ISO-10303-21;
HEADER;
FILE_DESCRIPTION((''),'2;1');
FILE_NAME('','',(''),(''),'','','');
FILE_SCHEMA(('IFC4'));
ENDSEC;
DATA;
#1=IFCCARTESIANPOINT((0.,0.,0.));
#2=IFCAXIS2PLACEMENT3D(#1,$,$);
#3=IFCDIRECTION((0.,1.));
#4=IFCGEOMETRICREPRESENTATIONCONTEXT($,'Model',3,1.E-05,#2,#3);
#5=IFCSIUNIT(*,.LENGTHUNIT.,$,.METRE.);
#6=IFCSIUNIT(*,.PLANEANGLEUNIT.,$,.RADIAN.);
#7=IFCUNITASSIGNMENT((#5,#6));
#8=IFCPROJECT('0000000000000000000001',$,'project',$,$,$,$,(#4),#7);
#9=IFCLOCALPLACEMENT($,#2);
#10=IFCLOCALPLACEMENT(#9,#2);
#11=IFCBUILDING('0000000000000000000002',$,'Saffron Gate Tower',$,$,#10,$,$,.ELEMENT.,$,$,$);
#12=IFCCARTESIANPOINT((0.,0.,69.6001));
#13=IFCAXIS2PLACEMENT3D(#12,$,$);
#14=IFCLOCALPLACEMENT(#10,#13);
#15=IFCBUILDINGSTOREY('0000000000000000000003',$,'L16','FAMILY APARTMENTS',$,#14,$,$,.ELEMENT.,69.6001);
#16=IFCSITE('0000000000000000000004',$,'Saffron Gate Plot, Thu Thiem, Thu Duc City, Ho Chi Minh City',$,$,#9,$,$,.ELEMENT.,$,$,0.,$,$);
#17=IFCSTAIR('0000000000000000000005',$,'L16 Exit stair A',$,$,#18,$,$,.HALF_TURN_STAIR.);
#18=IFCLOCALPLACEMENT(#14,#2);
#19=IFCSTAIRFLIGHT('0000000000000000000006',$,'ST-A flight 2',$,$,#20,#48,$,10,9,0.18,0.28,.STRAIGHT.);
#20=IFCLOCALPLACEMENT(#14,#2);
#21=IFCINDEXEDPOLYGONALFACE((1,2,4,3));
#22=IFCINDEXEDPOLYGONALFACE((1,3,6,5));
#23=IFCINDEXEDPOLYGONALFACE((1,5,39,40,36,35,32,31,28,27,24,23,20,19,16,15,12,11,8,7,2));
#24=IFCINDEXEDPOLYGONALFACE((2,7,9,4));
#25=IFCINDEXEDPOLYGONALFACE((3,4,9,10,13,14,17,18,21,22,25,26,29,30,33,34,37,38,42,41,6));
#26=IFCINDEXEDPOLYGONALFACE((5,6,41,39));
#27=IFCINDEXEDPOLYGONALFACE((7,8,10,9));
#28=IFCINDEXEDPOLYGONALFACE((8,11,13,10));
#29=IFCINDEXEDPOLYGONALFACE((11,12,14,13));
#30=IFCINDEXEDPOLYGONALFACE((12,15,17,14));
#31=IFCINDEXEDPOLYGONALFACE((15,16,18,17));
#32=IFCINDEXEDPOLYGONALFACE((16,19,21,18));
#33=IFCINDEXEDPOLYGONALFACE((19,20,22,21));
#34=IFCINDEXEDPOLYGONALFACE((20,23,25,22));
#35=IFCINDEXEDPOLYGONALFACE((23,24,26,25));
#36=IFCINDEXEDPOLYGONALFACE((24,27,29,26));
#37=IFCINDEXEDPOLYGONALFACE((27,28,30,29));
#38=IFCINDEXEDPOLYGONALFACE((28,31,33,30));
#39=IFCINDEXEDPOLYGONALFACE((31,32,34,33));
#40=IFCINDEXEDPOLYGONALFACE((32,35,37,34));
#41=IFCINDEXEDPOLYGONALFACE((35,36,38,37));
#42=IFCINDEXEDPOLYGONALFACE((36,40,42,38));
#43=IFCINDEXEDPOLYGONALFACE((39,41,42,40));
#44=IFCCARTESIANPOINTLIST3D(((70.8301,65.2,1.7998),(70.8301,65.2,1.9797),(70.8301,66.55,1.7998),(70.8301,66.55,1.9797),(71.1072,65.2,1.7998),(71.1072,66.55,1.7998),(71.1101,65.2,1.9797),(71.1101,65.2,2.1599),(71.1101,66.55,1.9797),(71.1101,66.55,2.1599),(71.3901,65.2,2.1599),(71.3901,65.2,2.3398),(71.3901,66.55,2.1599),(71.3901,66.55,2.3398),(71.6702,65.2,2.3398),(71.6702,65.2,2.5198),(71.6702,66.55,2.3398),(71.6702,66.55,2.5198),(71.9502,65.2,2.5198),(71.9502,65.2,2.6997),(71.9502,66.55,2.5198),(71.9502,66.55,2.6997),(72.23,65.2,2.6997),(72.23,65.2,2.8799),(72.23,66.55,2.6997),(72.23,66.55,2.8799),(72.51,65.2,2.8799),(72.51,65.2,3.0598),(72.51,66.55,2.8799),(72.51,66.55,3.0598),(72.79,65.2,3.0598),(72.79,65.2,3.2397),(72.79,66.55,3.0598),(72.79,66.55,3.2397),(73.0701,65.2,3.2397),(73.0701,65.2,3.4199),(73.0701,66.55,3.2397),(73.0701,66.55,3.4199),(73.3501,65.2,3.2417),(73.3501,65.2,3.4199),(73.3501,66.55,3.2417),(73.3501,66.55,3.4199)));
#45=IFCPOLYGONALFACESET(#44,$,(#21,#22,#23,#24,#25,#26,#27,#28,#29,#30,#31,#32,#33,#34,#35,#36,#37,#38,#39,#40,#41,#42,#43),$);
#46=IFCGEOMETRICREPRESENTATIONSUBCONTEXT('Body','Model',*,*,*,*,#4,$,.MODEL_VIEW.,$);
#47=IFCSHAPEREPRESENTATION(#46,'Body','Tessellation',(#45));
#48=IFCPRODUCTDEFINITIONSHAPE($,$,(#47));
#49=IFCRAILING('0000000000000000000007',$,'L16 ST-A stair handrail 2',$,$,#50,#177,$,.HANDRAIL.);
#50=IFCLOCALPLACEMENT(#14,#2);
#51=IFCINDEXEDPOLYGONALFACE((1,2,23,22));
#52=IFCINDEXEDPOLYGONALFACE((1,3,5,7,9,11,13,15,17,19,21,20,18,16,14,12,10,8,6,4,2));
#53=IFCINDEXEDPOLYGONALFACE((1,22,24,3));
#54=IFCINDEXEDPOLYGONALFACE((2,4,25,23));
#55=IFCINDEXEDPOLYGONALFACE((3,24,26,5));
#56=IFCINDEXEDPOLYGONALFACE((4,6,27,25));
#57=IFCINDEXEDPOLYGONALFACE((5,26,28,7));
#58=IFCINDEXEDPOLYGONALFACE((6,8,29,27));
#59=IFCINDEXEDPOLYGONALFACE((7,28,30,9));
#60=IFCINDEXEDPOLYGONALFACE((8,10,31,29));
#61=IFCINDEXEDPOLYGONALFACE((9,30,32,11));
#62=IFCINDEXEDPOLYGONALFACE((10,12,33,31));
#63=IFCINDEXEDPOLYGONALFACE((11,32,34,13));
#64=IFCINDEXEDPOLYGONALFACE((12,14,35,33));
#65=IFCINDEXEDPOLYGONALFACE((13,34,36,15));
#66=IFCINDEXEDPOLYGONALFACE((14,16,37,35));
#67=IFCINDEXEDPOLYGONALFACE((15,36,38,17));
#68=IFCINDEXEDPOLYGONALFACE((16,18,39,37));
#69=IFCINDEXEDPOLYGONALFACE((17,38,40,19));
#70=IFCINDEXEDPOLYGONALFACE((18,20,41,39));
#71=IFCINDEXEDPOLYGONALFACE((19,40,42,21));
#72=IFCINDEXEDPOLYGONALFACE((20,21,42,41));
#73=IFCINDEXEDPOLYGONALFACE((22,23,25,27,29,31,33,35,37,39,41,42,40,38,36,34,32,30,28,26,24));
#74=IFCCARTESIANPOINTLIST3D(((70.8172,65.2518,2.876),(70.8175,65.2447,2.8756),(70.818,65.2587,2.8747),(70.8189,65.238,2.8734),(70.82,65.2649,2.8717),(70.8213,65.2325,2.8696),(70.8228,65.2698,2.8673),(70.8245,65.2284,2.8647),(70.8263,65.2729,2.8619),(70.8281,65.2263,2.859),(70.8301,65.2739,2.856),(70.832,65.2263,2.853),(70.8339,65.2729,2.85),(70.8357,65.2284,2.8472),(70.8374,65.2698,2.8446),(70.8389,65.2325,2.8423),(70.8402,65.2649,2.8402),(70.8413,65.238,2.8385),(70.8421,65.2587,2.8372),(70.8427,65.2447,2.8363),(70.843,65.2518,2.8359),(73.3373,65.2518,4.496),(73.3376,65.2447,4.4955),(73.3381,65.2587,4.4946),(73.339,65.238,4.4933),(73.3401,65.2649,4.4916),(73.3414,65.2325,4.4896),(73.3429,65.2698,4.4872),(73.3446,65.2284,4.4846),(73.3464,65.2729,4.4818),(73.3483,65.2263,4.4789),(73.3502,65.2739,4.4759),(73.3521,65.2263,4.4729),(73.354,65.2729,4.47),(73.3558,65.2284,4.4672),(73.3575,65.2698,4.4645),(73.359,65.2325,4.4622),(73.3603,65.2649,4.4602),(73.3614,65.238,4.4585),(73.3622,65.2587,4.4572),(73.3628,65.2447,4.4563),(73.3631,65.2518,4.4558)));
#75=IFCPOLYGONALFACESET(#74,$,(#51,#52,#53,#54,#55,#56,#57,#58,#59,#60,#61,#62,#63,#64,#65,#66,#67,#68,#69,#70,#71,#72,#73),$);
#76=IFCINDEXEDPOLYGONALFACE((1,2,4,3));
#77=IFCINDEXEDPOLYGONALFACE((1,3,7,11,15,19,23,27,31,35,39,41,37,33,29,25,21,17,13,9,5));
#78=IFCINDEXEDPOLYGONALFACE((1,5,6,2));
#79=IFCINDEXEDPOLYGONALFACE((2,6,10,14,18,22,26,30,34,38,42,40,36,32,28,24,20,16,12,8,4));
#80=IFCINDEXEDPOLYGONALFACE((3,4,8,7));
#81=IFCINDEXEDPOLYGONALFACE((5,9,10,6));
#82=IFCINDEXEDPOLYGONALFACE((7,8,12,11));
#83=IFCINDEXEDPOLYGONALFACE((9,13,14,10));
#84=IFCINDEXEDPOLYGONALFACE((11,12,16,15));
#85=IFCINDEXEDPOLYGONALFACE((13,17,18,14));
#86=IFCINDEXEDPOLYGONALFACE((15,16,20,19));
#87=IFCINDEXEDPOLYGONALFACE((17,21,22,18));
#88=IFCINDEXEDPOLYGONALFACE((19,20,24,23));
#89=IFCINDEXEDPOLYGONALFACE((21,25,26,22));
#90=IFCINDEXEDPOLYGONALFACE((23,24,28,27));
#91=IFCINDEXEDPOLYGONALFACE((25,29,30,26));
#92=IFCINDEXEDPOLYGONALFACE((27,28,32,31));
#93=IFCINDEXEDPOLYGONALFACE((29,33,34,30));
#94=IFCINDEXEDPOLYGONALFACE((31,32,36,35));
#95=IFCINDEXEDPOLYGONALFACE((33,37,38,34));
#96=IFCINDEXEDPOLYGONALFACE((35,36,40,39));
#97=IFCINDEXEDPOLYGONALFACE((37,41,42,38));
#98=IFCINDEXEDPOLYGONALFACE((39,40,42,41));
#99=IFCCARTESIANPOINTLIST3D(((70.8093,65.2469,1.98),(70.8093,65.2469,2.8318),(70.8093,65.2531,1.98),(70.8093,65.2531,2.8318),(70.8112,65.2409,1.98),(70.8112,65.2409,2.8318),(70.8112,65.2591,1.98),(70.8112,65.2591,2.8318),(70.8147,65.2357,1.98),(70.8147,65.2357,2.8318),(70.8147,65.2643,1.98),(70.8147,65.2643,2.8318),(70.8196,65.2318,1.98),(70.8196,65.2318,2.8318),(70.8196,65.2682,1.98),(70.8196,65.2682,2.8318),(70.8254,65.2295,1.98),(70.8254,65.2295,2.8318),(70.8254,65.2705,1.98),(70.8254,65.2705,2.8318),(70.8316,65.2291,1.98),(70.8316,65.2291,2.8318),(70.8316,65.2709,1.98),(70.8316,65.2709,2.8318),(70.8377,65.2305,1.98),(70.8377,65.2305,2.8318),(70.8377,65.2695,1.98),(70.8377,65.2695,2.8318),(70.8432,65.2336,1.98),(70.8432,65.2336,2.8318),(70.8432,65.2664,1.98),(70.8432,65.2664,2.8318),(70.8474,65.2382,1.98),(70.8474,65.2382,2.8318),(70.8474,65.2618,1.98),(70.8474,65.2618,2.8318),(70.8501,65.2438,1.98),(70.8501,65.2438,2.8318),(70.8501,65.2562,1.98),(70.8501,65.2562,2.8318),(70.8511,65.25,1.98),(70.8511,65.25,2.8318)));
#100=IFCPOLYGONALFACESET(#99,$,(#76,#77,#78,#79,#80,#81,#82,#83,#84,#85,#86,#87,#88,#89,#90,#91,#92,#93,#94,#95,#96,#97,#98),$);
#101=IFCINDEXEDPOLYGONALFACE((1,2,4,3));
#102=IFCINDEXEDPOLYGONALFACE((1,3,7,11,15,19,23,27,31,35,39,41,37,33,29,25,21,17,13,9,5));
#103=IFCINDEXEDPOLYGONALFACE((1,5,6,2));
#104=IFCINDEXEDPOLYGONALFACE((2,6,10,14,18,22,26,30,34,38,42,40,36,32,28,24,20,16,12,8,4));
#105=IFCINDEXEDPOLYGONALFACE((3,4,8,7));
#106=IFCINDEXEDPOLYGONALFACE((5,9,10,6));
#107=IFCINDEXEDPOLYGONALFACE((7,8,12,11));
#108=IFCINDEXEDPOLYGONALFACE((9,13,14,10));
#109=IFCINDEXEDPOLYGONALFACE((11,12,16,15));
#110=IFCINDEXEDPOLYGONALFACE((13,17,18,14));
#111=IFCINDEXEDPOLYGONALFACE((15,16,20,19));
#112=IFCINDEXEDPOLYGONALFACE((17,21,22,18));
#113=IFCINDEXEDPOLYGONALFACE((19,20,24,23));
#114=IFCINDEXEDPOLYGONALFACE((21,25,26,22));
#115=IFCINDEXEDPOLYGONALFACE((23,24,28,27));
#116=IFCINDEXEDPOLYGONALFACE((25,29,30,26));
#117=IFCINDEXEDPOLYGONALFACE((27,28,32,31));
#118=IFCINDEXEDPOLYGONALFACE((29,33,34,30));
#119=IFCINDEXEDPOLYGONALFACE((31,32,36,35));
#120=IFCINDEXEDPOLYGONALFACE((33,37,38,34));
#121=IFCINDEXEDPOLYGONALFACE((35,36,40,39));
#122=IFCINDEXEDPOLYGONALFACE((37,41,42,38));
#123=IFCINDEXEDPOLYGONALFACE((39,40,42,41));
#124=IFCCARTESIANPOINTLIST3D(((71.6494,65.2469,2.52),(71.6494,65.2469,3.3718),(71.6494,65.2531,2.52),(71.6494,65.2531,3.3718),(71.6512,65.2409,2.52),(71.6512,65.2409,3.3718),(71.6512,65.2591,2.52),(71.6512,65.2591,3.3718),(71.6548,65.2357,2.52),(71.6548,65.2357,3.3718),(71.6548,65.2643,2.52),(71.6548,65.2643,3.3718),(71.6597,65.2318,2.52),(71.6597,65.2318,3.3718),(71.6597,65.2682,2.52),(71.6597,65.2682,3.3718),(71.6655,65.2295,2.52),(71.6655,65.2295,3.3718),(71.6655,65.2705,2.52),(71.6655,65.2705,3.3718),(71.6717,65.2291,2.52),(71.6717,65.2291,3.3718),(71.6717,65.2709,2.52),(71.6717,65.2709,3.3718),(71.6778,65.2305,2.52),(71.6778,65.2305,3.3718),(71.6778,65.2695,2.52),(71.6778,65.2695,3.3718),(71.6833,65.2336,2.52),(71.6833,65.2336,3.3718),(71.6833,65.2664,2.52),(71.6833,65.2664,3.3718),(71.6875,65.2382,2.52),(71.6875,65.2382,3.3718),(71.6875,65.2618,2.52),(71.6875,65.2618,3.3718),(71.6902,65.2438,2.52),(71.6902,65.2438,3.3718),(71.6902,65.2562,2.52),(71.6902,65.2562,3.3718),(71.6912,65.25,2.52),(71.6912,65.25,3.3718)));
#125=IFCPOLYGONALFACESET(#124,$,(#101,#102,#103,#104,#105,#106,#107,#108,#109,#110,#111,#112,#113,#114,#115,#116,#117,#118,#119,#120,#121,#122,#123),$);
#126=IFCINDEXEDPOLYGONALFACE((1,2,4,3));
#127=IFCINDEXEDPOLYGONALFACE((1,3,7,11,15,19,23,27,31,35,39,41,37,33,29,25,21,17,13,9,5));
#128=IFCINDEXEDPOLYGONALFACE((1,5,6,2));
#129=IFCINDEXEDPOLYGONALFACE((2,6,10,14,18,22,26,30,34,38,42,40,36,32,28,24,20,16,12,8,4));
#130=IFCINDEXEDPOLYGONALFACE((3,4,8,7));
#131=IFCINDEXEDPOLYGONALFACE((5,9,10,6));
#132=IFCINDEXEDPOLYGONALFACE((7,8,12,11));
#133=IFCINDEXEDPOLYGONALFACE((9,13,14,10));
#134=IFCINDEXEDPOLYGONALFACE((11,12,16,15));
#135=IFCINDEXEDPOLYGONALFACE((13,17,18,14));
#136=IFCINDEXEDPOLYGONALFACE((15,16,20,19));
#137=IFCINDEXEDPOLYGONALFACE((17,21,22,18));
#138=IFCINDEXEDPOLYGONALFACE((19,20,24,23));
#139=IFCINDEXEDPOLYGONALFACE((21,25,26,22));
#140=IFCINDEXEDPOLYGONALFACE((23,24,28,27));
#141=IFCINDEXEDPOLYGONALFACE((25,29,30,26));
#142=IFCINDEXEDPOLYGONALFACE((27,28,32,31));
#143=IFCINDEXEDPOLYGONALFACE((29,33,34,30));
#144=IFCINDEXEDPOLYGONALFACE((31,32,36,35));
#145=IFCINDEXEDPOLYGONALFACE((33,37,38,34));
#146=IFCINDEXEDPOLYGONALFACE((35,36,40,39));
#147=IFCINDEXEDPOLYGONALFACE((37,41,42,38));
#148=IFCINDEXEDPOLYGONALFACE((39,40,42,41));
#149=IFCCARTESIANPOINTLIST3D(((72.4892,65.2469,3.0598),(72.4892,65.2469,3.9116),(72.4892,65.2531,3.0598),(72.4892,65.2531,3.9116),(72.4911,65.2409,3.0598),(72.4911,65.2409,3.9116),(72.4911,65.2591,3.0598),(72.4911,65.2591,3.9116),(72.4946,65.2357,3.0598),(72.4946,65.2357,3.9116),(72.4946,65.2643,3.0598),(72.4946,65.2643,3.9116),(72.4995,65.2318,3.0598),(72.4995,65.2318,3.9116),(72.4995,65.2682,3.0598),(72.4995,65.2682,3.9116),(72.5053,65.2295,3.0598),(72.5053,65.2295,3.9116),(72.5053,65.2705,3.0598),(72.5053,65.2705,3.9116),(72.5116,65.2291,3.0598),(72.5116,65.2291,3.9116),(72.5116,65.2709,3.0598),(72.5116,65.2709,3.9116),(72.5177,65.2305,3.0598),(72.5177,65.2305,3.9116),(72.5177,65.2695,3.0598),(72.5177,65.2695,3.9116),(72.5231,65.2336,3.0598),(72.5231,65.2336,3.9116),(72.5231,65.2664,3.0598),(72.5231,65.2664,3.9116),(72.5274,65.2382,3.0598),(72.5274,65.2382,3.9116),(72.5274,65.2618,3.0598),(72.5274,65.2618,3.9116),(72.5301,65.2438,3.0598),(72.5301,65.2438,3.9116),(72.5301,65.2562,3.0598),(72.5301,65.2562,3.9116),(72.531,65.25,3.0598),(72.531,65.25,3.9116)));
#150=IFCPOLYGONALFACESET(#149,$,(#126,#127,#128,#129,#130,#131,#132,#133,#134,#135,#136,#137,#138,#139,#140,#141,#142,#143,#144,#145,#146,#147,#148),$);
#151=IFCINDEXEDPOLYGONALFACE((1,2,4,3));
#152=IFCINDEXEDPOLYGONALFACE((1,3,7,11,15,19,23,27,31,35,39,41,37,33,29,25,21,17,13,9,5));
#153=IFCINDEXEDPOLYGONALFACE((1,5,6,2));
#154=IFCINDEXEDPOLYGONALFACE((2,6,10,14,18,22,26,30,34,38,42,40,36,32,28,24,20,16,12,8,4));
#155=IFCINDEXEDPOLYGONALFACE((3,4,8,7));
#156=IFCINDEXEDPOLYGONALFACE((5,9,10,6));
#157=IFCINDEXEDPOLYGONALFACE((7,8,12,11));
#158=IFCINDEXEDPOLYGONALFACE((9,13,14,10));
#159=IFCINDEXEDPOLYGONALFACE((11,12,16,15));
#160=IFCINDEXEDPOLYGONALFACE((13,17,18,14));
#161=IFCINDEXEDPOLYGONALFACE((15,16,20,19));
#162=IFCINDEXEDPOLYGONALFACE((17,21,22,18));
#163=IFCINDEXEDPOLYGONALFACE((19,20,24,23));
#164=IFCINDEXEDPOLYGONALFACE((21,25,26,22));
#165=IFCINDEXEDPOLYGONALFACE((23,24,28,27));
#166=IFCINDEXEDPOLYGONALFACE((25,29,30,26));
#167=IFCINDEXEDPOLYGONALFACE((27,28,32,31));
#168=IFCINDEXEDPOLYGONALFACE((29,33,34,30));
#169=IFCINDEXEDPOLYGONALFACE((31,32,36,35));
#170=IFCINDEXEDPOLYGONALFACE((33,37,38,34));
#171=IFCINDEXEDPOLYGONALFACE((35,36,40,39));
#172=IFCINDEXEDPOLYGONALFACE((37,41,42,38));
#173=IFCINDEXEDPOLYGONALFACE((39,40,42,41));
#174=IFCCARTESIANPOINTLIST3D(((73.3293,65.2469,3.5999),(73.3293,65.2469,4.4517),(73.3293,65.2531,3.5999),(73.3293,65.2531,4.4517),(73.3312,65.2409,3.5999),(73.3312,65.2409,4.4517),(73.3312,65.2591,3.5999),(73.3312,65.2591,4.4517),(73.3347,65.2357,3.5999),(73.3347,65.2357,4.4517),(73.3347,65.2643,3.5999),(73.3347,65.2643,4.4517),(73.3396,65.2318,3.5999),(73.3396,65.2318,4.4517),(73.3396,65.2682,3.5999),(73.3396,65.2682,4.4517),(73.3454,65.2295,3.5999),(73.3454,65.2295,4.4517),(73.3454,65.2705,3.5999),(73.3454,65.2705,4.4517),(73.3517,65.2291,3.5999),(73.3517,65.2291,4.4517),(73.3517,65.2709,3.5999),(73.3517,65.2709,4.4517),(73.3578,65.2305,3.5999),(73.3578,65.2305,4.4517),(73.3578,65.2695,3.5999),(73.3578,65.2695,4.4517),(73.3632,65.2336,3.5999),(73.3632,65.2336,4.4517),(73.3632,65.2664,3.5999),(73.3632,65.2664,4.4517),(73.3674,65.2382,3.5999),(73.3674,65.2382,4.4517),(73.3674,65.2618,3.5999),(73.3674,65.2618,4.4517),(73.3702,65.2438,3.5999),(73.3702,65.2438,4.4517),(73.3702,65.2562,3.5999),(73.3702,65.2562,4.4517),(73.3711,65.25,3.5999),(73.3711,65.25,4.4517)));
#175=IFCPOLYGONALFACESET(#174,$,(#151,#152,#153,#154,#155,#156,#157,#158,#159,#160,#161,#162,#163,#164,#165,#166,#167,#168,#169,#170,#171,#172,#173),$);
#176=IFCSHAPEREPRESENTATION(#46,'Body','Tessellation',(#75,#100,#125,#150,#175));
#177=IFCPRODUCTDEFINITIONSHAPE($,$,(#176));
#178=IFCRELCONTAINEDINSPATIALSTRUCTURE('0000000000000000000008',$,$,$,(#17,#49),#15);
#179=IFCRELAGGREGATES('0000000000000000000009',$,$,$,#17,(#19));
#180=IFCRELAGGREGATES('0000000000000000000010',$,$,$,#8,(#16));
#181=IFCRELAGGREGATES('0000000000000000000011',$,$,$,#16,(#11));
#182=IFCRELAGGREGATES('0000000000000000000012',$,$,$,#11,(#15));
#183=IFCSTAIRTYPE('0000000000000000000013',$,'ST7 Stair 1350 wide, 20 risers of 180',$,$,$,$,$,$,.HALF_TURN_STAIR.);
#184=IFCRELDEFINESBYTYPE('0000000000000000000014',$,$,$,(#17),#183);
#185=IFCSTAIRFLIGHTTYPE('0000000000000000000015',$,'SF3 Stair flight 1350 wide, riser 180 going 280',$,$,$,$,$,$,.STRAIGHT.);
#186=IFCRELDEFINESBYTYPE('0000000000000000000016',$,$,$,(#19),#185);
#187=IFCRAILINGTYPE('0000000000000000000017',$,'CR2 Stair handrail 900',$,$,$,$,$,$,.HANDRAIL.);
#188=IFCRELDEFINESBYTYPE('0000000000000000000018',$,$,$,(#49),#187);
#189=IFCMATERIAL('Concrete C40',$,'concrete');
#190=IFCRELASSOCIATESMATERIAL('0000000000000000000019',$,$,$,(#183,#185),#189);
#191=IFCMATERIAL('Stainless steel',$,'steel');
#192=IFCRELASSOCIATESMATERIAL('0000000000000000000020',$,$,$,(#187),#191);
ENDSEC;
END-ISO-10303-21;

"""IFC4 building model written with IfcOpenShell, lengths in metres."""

from ifc_helpers import new_model, si_unit, direction, frame, origin, origin_2d, place, context, subcontext, project, spatial, polyline, circle, outline, extrude, material, type_object, element, aggregate, save


model = new_model("IFC4")

# Units and contexts
model_context = context("Model", 3, precision=1e-05, world=origin(), true_north=direction((0.0, 1.0)))
body_context = subcontext(model_context, "Body", "Model", "MODEL_VIEW")
ifc_project = project(units=[si_unit("LENGTHUNIT", "METRE"), si_unit("PLANEANGLEUNIT", "RADIAN")], contexts=[model_context])

# Site, building, storey
site_placement = place(None, origin())
site = spatial("IfcSite", under=ifc_project, at=site_placement, Name="Saffron Gate Plot, Thu Thiem, Thu Duc City, Ho Chi Minh City", CompositionType="ELEMENT", RefElevation=0.0)
building_placement = place(site_placement, origin())
building = spatial("IfcBuilding", under=site, at=building_placement, Name="Saffron Gate Tower", CompositionType="ELEMENT")
storey_placement = place(building_placement, frame((0.0, 0.0, 69.6001)))
storey = spatial("IfcBuildingStorey", under=building, at=storey_placement, Name="L16", Description="FAMILY APARTMENTS", CompositionType="ELEMENT", Elevation=69.6001)

# Stair, stair flight
ifc_material_1 = material(Name="Concrete C40", Category="concrete")
stair_type = type_object("IfcStairType", Name="ST7 Stair 1350 wide, 20 risers of 180", PredefinedType="HALF_TURN_STAIR", material=ifc_material_1)
stair_placement = place(storey_placement, origin())
stair = element("IfcStair", 1, at=stair_placement, inside=storey, type_object=stair_type, Name="L16 Exit stair A", PredefinedType="HALF_TURN_STAIR")
stair_flight_type = type_object("IfcStairFlightType", Name="SF3 Stair flight 1350 wide, riser 180 going 280", PredefinedType="STRAIGHT", material=ifc_material_1)
stair_flight_1_placement = place(storey_placement, frame((70.8301, 65.875, 1.7998), z_axis=(0.0, 0.0, 1.0), x_axis=(1.0, 0.0, 0.0)))
stair_flight_1 = element("IfcStairFlight", 2, at=stair_flight_1_placement, type_object=stair_flight_type, Name="ST-A flight 2", NumberOfRisers=10, NumberOfTreads=9, PredefinedType="STRAIGHT", RiserHeight=0.18, TreadLength=0.28, context=body_context, shape_type="SweptSolid", body=[
    extrude(outline(polyline([(0.0, 0.0), (0.0, 0.1799), (0.28, 0.1799), (0.28, 0.3601), (0.5601, 0.3601), (0.5601, 0.54), (0.8401, 0.54), (0.8401, 0.72), (1.1201, 0.72), (1.1201, 0.8999), (1.3999, 0.8999), (1.3999, 1.0801), (1.6799, 1.0801), (1.6799, 1.26), (1.96, 1.26), (1.96, 1.4399), (2.24, 1.4399), (2.24, 1.6201), (2.52, 1.6201), (2.52, 1.8), (2.52, 1.4419), (0.2771, 0.0), (0.0, 0.0)])), frame((0.0, 0.675, 0.0), z_axis=(0.0, -1.0, 0.0), x_axis=(1.0, 0.0, 0.0)), (0.0, 0.0, 1.0), 1.3501),
])
aggregate(stair, [stair_flight_1])

# Railing
ifc_material_2 = material(Name="Stainless steel", Category="steel")
railing_type_1 = type_object("IfcRailingType", Name="CR2 Stair handrail 900", PredefinedType="HANDRAIL", material=ifc_material_2)
railing_1_placement = place(storey_placement, frame((70.8301, 65.25, 1.98)))
element("IfcRailing", 3, at=railing_1_placement, inside=storey, type_object=railing_type_1, Name="L16 ST-A stair handrail 2", PredefinedType="HANDRAIL", context=body_context, shape_type="SweptSolid", body=[
    extrude(circle(Radius=0.0239, at=origin_2d()), frame((0.0, 0.0, 0.876), z_axis=(0.8412, 0.0, 0.540725), x_axis=(0.0, 1.0, 0.0)), (0.0, 0.0, 1.0), 2.9958),
    extrude(circle(Radius=0.021, at=origin_2d()), origin(), (0.0, 0.0, 1.0), 0.8518),
    extrude(circle(Radius=0.021, at=origin_2d()), frame((0.8401, 0.0, 0.54)), (0.0, 0.0, 1.0), 0.8518),
    extrude(circle(Radius=0.021, at=origin_2d()), frame((1.6799, 0.0, 1.0798)), (0.0, 0.0, 1.0), 0.8518),
    extrude(circle(Radius=0.021, at=origin_2d()), frame((2.52, 0.0, 1.6199)), (0.0, 0.0, 1.0), 0.8518),
])

save(model, "model.ifc")
